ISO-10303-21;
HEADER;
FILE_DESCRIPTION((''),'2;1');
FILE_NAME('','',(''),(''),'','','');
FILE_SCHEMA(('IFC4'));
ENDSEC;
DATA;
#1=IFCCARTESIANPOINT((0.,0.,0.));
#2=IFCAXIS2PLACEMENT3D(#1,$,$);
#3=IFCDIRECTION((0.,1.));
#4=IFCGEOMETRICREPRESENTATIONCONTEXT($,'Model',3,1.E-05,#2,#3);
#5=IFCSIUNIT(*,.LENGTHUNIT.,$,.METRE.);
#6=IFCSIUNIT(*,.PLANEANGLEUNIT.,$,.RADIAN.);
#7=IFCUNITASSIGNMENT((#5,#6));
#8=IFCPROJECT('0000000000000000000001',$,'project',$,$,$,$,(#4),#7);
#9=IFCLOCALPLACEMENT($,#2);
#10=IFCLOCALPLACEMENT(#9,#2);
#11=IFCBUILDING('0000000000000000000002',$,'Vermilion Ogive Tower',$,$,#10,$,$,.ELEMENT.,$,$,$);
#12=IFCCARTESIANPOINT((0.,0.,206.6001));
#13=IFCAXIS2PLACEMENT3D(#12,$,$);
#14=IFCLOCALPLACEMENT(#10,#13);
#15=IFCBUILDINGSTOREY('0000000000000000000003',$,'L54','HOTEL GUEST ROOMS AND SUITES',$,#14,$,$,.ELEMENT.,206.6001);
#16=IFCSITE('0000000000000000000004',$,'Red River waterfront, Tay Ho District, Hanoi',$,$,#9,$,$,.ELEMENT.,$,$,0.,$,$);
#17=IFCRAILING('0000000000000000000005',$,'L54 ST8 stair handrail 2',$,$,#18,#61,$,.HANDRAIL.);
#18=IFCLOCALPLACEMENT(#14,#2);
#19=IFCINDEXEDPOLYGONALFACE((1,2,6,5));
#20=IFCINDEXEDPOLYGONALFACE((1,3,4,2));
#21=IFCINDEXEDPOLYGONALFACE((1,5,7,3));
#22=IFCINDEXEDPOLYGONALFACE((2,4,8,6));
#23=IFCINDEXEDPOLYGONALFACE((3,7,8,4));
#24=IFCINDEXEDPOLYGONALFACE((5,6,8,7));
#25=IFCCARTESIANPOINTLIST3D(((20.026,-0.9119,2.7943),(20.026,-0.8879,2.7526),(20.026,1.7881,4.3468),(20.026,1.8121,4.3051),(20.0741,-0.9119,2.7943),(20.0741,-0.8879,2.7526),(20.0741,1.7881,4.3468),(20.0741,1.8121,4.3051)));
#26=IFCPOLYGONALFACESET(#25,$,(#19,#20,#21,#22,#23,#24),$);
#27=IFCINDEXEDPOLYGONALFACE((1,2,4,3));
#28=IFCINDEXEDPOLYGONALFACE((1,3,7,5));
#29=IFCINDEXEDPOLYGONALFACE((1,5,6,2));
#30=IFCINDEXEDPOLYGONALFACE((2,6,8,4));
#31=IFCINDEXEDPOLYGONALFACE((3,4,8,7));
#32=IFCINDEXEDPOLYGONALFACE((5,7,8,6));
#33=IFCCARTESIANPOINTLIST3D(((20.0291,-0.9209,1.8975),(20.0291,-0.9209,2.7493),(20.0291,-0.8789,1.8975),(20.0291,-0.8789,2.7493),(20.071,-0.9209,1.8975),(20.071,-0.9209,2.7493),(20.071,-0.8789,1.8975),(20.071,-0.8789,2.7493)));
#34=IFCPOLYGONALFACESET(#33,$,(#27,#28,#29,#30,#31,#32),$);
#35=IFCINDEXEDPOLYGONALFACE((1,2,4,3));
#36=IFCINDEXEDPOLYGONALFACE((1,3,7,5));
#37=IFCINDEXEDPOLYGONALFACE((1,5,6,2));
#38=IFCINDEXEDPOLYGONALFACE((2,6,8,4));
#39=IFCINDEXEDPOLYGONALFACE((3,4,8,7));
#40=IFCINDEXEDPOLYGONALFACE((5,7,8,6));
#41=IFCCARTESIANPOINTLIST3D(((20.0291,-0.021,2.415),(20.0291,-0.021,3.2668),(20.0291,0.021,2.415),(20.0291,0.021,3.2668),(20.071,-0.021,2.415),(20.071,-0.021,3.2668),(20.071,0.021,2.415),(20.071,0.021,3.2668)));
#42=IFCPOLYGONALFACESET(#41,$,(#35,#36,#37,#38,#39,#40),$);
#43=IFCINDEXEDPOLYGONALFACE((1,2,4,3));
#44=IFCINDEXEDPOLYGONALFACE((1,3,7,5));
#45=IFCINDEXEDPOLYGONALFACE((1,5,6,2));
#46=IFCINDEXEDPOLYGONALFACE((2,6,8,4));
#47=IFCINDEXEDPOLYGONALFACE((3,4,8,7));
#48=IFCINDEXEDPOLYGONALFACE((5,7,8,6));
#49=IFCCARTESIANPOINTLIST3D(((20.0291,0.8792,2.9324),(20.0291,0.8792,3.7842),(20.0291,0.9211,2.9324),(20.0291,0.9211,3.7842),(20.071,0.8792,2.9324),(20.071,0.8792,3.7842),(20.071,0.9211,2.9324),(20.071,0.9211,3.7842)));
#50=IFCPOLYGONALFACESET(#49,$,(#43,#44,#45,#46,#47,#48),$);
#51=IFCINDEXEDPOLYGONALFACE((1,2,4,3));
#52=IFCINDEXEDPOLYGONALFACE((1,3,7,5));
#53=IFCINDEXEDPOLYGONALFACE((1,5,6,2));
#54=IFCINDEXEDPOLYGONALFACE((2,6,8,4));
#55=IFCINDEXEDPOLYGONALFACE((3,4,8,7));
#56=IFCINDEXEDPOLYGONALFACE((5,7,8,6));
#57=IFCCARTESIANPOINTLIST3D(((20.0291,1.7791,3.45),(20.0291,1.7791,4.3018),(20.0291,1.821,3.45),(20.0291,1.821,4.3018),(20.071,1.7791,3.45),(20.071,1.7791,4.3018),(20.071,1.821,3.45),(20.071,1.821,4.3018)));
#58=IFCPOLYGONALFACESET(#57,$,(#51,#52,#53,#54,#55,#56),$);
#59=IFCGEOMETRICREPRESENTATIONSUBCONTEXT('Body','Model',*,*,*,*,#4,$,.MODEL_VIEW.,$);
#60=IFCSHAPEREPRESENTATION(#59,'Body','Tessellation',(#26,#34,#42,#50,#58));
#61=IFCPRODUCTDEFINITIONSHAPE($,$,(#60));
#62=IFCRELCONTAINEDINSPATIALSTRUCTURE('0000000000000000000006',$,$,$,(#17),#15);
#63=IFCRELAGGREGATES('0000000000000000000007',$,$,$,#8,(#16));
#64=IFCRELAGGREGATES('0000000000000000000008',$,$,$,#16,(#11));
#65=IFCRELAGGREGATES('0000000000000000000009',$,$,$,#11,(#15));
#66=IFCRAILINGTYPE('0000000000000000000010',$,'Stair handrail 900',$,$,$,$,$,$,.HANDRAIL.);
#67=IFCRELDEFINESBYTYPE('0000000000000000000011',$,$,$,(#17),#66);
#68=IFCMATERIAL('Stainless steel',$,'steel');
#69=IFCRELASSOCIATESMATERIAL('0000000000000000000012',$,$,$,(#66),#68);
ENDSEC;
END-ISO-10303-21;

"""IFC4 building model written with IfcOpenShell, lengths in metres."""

from ifc_helpers import new_model, si_unit, direction, frame, origin, origin_2d, place, context, subcontext, project, spatial, rectangle, extrude, material, type_object, element, save


model = new_model("IFC4")

# Units and contexts
model_context = context("Model", 3, precision=1e-05, world=origin(), true_north=direction((0.0, 1.0)))
body_context = subcontext(model_context, "Body", "Model", "MODEL_VIEW")
ifc_project = project(units=[si_unit("LENGTHUNIT", "METRE"), si_unit("PLANEANGLEUNIT", "RADIAN")], contexts=[model_context])

# Site, building, storey
site_placement = place(None, origin())
site = spatial("IfcSite", under=ifc_project, at=site_placement, Name="Red River waterfront, Tay Ho District, Hanoi", CompositionType="ELEMENT", RefElevation=0.0)
building_placement = place(site_placement, origin())
building = spatial("IfcBuilding", under=site, at=building_placement, Name="Vermilion Ogive Tower", CompositionType="ELEMENT")
storey_placement = place(building_placement, frame((0.0, 0.0, 206.6001)))
storey = spatial("IfcBuildingStorey", under=building, at=storey_placement, Name="L54", Description="HOTEL GUEST ROOMS AND SUITES", CompositionType="ELEMENT", Elevation=206.6001)

# Railing
ifc_material_1 = material(Name="Stainless steel", Category="steel")
railing_type = type_object("IfcRailingType", Name="Stair handrail 900", PredefinedType="HANDRAIL", material=ifc_material_1)
railing_placement = place(storey_placement, frame((20.05, -0.8999, 1.8975)))
element("IfcRailing", 1, at=railing_placement, inside=storey, type_object=railing_type, Name="L54 ST8 stair handrail 2", PredefinedType="HANDRAIL", context=body_context, shape_type="SweptSolid", body=[
    extrude(rectangle(XDim=0.0481, YDim=0.0481, at=origin_2d()), frame((0.0, 0.0, 0.876), z_axis=(0.0, 0.866904, 0.498476), x_axis=(-1.0, 0.0, 0.0)), (0.0, 0.0, 1.0), 3.1145),
    extrude(rectangle(XDim=0.042, YDim=0.042, at=origin_2d()), origin(), (0.0, 0.0, 1.0), 0.8518),
    extrude(rectangle(XDim=0.042, YDim=0.042, at=origin_2d()), frame((0.0, 0.8999, 0.5176)), (0.0, 0.0, 1.0), 0.8518),
    extrude(rectangle(XDim=0.042, YDim=0.042, at=origin_2d()), frame((0.0, 1.8, 1.0349)), (0.0, 0.0, 1.0), 0.8518),
    extrude(rectangle(XDim=0.042, YDim=0.042, at=origin_2d()), frame((0.0, 2.7, 1.5525)), (0.0, 0.0, 1.0), 0.8518),
])

save(model, "model.ifc")
